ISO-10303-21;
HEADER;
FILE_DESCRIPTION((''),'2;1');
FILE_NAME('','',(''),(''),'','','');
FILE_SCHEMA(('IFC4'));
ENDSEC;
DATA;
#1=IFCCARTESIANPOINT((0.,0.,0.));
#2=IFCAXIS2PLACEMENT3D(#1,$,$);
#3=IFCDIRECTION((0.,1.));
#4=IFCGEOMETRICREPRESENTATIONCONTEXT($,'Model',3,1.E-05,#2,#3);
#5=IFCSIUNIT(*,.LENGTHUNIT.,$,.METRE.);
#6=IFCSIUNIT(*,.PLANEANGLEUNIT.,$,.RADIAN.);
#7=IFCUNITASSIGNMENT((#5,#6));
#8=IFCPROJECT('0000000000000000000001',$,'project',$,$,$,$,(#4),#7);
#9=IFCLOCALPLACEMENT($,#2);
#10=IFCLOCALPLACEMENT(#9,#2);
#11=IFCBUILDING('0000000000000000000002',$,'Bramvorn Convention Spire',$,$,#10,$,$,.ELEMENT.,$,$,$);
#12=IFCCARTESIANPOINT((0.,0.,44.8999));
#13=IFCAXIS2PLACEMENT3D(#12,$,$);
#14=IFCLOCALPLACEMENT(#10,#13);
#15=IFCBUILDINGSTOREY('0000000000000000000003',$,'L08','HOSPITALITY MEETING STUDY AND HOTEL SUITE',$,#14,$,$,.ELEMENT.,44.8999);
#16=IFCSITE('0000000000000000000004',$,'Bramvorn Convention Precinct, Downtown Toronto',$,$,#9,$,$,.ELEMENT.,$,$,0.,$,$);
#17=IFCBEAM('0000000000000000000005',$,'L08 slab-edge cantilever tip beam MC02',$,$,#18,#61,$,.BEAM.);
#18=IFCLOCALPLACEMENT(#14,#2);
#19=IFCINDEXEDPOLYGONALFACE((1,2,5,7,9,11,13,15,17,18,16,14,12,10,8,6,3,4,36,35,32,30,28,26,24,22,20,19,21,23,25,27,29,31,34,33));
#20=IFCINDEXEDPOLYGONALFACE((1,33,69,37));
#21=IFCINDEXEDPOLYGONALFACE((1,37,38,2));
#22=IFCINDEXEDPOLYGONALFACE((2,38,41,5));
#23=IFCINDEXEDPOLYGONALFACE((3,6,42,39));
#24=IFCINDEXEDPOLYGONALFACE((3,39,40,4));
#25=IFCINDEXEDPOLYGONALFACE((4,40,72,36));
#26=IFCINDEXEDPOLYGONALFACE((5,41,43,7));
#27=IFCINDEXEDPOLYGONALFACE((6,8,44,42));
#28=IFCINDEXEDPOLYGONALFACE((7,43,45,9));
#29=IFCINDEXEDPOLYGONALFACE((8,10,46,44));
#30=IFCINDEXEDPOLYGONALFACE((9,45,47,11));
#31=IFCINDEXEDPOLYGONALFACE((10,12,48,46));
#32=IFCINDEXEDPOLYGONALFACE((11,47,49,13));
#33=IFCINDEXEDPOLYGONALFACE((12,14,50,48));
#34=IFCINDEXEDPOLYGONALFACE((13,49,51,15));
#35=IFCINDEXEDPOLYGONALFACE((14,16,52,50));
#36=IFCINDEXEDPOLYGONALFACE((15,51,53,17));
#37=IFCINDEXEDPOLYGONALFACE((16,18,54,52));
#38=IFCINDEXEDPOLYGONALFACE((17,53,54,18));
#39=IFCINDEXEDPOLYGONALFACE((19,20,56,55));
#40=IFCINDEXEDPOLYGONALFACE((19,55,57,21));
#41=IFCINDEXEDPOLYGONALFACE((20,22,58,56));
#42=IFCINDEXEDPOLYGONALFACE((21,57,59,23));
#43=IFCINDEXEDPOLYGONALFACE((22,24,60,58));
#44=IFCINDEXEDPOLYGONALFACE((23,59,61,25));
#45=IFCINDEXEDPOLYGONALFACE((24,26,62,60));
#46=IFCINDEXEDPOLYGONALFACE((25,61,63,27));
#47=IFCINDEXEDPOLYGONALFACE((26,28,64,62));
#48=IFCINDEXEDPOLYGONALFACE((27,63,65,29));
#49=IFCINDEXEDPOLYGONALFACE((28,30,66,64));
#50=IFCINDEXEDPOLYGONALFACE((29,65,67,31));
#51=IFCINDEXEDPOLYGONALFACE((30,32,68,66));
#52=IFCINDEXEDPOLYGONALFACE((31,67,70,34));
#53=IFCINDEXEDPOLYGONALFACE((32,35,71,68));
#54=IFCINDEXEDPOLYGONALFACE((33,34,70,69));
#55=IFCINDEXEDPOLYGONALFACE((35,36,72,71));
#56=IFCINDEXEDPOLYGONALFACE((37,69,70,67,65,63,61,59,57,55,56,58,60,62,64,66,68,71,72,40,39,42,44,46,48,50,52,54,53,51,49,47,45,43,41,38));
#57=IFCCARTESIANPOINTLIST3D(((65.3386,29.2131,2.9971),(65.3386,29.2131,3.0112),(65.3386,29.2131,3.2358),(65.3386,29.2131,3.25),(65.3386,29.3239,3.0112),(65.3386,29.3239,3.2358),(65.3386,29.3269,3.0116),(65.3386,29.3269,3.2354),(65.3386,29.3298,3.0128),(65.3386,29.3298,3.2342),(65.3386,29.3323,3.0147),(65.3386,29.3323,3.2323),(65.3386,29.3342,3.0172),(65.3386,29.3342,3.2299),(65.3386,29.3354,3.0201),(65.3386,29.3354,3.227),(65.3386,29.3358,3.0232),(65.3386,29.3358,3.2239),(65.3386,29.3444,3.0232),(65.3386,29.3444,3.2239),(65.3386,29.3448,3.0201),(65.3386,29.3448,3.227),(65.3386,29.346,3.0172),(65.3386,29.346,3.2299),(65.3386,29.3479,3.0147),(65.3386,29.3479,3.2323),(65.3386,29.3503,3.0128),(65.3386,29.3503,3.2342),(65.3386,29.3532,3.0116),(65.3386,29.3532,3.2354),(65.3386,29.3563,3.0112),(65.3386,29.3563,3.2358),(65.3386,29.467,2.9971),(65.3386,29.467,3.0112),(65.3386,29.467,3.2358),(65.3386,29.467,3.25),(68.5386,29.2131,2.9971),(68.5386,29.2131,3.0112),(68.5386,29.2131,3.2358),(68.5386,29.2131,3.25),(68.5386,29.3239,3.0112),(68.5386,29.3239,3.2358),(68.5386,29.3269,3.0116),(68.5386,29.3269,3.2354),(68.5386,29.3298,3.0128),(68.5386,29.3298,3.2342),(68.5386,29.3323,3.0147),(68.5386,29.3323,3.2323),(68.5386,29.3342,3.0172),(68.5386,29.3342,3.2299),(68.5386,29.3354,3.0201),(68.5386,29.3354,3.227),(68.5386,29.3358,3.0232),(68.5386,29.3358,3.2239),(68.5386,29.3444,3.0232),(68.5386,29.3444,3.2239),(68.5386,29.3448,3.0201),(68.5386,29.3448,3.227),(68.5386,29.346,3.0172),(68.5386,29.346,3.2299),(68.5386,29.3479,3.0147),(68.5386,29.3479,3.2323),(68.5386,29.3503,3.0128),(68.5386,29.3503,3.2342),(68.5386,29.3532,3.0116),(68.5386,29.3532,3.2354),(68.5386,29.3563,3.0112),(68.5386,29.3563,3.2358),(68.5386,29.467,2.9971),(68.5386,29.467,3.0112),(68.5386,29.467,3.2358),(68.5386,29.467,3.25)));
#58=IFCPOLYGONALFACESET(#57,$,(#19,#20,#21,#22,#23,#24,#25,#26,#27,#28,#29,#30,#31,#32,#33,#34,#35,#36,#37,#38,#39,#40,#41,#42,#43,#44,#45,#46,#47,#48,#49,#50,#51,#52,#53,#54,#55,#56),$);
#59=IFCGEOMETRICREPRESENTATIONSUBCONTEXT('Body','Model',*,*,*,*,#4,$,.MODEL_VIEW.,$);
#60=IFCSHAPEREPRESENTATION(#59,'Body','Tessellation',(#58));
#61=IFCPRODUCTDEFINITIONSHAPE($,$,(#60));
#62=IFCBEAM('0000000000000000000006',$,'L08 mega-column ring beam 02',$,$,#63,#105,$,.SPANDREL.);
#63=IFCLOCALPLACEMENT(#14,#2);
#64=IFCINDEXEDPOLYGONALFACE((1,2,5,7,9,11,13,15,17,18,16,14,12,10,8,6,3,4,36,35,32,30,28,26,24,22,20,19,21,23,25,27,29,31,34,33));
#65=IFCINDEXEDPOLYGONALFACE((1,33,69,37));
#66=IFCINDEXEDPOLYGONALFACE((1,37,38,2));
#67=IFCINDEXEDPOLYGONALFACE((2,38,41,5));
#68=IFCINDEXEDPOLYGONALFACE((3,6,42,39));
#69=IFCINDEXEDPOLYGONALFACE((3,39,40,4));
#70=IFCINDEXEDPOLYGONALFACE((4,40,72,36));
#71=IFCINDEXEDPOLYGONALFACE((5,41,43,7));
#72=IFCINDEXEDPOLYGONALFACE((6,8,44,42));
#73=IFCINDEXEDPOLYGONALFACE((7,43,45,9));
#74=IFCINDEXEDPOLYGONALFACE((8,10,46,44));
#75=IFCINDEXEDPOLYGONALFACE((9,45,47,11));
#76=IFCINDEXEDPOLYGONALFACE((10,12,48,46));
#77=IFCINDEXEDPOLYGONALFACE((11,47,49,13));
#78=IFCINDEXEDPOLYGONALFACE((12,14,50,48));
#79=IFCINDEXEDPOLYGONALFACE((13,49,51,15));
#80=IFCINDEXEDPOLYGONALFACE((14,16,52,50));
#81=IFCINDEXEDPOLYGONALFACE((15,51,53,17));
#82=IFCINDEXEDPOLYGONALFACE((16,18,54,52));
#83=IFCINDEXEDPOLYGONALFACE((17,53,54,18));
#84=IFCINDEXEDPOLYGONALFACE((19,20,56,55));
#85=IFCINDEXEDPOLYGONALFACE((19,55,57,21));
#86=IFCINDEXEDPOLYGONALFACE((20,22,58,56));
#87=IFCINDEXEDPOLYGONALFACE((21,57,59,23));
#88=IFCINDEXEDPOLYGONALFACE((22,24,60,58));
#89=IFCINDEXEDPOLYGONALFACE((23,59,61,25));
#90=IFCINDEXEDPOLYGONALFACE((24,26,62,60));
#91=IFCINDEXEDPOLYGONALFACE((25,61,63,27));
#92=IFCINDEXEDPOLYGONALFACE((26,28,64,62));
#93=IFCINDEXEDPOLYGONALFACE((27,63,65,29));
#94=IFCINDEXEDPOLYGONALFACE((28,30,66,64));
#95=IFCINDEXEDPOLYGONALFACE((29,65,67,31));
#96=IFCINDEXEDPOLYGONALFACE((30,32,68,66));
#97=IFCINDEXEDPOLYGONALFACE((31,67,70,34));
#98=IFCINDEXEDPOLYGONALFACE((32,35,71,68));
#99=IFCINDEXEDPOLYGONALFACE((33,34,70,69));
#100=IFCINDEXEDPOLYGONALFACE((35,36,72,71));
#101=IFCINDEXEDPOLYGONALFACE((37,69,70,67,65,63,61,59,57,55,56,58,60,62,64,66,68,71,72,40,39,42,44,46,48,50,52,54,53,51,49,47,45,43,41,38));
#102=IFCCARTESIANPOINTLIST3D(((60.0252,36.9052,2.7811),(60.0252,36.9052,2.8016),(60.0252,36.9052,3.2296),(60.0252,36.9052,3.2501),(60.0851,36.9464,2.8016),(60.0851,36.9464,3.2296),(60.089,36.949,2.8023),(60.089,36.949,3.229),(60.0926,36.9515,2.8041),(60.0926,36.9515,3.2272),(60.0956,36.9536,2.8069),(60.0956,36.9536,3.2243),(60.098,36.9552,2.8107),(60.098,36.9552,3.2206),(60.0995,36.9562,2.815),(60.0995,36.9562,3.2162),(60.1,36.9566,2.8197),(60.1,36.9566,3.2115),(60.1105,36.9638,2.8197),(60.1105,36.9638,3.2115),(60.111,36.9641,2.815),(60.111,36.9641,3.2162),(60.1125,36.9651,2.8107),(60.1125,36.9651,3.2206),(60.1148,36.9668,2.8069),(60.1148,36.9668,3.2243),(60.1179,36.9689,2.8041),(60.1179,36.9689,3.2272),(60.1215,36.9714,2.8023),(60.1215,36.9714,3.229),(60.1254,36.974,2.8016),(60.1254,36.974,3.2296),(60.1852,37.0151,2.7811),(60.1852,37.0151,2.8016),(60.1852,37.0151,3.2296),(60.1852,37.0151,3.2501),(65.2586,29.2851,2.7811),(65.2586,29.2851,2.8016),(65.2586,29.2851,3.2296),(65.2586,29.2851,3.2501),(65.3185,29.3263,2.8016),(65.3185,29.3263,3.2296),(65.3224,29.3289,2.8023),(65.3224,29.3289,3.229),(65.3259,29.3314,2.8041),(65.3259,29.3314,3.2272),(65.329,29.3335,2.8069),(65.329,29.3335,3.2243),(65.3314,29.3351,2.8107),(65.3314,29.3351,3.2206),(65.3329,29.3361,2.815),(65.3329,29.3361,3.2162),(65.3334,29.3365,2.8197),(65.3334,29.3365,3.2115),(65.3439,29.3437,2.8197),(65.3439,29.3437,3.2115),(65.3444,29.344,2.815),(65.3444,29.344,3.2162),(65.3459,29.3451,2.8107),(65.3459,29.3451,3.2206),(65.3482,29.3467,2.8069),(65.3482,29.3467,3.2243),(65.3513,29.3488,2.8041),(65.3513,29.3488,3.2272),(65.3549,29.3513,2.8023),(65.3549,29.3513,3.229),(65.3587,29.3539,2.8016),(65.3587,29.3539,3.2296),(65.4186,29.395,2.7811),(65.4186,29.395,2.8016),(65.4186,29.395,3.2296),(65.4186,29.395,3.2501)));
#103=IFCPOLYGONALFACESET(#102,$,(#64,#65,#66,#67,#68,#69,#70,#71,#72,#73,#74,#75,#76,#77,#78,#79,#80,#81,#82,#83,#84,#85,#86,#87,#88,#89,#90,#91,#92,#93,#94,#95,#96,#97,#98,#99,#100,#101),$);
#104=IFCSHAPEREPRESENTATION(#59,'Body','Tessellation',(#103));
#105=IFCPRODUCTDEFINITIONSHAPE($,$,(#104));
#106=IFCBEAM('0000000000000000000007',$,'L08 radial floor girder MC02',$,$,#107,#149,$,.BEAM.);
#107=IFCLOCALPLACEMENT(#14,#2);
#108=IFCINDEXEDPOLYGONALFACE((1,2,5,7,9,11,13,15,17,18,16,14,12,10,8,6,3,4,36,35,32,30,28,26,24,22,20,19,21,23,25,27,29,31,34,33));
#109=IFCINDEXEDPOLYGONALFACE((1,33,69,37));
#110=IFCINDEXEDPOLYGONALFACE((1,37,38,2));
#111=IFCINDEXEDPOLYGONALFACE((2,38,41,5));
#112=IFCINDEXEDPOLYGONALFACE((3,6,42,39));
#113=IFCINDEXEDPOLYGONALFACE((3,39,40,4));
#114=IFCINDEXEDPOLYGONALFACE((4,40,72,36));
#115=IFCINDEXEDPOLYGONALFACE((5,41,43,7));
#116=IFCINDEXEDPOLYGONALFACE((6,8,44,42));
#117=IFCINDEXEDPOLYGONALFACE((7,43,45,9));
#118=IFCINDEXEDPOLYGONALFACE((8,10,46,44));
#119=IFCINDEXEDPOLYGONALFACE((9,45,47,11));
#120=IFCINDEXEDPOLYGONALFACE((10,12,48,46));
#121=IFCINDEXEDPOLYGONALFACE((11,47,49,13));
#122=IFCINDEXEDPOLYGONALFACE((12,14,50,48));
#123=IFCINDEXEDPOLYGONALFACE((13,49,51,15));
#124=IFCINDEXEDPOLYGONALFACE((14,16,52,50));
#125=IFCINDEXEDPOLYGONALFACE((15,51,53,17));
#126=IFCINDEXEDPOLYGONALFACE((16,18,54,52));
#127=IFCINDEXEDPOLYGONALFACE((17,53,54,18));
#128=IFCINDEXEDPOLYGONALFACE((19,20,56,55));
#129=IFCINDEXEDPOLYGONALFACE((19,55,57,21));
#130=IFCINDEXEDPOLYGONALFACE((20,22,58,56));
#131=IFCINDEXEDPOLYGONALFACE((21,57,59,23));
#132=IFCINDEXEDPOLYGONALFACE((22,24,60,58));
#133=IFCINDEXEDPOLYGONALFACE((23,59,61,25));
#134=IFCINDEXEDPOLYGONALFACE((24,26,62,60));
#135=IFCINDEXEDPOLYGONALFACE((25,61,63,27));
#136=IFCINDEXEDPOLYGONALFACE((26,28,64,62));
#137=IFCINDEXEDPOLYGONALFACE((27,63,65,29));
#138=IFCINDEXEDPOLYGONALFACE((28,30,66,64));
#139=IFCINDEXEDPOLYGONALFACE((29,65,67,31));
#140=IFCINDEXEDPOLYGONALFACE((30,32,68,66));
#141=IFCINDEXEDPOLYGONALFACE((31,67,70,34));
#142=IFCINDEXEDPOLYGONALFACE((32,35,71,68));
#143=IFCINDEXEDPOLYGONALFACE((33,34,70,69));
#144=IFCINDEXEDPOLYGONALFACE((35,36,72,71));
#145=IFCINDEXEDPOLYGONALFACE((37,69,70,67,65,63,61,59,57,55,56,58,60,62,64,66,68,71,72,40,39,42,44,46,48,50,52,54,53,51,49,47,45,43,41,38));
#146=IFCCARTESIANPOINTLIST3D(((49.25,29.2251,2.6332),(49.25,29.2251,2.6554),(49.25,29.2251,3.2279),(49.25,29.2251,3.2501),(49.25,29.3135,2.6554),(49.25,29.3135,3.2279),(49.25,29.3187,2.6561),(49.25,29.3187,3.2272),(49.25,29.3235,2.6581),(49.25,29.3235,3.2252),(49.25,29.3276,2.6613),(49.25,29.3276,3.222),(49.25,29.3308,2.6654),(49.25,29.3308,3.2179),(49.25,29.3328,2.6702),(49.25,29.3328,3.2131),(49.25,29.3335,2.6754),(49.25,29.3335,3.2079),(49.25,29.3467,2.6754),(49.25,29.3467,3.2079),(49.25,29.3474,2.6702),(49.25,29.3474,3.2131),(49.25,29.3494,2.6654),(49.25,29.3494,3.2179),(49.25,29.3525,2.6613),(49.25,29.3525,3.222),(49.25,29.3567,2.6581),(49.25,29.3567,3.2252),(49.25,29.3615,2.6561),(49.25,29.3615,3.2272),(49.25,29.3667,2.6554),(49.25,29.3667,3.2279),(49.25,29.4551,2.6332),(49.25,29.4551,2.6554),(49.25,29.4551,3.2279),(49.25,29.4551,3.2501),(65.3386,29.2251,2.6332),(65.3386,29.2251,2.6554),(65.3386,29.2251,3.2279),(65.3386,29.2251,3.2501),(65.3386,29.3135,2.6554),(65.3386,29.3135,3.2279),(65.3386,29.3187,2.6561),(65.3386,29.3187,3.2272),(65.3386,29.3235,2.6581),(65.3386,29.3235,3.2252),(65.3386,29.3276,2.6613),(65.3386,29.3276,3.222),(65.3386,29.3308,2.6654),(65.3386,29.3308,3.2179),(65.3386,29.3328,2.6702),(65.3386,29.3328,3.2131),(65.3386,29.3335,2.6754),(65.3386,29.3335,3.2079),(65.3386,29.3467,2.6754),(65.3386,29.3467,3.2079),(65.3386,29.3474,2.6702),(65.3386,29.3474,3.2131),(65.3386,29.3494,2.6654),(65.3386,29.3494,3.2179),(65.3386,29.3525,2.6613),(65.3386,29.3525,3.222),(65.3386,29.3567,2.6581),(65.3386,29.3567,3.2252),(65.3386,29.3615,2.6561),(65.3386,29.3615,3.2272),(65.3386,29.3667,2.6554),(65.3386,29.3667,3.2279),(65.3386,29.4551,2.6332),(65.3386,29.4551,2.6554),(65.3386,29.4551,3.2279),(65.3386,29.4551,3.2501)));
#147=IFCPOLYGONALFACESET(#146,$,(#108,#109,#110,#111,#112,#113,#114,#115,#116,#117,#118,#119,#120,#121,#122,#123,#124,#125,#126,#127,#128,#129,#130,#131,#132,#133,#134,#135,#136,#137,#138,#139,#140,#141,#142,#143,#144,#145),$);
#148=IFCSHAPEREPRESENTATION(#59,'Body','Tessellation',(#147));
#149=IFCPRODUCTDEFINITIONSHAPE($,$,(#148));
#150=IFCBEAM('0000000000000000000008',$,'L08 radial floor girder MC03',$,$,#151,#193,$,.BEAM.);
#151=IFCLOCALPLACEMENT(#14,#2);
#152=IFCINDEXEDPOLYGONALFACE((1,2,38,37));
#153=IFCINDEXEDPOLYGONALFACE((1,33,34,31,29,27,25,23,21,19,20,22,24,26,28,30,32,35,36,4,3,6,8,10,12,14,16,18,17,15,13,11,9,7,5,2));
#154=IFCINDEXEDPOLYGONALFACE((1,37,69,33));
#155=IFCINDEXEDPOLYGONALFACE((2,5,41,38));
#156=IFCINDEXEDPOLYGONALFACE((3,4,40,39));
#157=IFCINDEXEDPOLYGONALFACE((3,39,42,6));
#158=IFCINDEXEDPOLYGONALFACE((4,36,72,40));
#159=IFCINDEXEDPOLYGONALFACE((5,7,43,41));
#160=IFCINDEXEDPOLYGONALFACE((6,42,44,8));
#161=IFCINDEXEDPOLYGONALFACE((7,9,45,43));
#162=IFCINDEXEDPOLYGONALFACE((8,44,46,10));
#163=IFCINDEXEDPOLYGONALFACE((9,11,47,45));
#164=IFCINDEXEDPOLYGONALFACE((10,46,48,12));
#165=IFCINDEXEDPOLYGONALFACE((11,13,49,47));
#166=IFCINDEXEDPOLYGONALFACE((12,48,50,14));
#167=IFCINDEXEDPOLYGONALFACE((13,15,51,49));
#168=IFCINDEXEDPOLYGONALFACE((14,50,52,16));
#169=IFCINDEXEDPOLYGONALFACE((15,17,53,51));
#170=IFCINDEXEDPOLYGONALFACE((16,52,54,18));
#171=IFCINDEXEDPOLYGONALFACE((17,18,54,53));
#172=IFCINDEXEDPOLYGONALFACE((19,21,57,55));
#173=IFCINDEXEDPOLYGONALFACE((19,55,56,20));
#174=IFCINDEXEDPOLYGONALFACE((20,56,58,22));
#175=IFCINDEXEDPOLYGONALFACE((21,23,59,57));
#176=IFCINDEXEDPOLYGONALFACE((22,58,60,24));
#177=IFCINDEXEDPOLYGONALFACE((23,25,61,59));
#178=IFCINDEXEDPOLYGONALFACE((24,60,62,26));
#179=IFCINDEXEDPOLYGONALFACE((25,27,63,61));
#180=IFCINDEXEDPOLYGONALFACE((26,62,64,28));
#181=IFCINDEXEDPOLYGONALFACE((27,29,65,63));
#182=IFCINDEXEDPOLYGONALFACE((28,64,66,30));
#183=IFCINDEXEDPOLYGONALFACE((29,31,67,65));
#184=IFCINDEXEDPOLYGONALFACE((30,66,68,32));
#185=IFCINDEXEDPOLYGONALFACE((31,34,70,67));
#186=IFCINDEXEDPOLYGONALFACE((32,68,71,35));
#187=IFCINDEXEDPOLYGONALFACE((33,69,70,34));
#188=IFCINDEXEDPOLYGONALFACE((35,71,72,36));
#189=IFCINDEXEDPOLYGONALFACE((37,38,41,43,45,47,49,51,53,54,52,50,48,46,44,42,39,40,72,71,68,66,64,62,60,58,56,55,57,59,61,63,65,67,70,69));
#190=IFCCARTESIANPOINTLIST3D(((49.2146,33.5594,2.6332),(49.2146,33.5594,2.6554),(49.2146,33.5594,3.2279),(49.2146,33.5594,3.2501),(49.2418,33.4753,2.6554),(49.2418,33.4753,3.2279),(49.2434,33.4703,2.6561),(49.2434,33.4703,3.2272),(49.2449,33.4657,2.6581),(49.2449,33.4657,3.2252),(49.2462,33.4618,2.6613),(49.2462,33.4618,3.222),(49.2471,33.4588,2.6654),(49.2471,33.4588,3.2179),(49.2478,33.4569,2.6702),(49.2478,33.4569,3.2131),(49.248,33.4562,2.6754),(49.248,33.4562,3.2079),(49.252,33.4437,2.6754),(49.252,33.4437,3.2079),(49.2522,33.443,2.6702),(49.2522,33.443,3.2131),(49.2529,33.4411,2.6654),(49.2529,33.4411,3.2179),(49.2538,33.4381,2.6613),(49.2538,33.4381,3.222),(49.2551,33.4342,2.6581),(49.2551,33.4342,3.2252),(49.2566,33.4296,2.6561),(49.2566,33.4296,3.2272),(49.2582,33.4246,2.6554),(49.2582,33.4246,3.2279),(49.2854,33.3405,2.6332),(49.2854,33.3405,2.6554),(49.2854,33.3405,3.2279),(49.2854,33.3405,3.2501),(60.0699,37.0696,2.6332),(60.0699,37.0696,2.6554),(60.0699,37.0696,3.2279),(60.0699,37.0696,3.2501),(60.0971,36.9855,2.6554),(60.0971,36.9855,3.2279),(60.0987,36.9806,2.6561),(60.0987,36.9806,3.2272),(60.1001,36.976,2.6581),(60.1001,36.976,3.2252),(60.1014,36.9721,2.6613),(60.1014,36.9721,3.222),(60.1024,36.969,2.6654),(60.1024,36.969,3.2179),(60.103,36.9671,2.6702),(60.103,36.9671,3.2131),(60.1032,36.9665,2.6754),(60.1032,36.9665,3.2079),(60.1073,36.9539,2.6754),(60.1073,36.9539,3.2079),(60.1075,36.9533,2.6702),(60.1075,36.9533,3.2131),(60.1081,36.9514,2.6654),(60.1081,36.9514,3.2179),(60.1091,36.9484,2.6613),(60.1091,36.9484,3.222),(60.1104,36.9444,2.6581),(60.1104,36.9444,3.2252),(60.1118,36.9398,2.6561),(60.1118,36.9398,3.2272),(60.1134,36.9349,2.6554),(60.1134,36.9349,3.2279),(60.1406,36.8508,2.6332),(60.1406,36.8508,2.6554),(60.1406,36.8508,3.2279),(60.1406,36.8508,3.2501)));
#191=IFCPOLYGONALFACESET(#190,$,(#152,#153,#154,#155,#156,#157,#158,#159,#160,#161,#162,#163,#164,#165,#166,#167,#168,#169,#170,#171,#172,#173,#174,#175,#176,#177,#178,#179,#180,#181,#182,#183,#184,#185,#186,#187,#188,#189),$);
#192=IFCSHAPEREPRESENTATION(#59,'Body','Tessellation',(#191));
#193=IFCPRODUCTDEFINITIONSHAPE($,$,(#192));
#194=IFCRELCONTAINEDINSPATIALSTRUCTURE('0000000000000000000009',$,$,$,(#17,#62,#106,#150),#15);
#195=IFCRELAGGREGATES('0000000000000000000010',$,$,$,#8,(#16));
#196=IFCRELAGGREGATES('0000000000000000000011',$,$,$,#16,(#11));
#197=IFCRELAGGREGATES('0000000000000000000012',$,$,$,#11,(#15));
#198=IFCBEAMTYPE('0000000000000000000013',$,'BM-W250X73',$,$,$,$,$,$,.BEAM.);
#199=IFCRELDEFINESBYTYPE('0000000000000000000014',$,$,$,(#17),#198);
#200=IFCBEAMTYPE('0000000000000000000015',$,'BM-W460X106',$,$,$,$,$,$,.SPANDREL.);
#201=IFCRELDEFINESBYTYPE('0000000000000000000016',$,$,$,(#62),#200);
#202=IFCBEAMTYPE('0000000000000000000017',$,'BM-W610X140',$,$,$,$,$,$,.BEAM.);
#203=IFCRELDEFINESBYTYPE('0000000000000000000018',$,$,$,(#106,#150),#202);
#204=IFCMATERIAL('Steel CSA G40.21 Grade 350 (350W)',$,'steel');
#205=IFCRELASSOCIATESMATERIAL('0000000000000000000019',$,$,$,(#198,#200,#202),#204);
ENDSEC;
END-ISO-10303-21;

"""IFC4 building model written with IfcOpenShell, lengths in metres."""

from ifc_helpers import new_model, si_unit, direction, frame, origin, origin_2d, place, context, subcontext, project, spatial, i_section, extrude, material, material_profile, profile_set, type_object, element, save


model = new_model("IFC4")

# Units and contexts
model_context = context("Model", 3, precision=1e-05, world=origin(), true_north=direction((0.0, 1.0)))
body_context = subcontext(model_context, "Body", "Model", "MODEL_VIEW")
ifc_project = project(units=[si_unit("LENGTHUNIT", "METRE"), si_unit("PLANEANGLEUNIT", "RADIAN")], contexts=[model_context])

# Site, building, storey
site_placement = place(None, origin())
site = spatial("IfcSite", under=ifc_project, at=site_placement, Name="Bramvorn Convention Precinct, Downtown Toronto", CompositionType="ELEMENT", RefElevation=0.0)
building_placement = place(site_placement, origin())
building = spatial("IfcBuilding", under=site, at=building_placement, Name="Bramvorn Convention Spire", CompositionType="ELEMENT")
storey_placement = place(building_placement, frame((0.0, 0.0, 44.8999)))
storey = spatial("IfcBuildingStorey", under=building, at=storey_placement, Name="L08", Description="HOSPITALITY MEETING STUDY AND HOTEL SUITE", CompositionType="ELEMENT", Elevation=44.8999)

# Shared definitions
ifc_material_1 = material(Name="Steel CSA G40.21 Grade 350 (350W)", Category="steel")

# Beams
ifc_material_profile_1 = material_profile(ifc_material_1, i_section(OverallWidth=0.2539, OverallDepth=0.2529, WebThickness=0.0085, FlangeThickness=0.0142, FilletRadius=0.012, at=origin_2d()))
ifc_profile_set_1 = profile_set([ifc_material_profile_1], Name="Steel CSA G40.21 Grade 350 (350W) - W250X73")
beam_type_1 = type_object("IfcBeamType", Name="BM-W250X73", PredefinedType="BEAM", material=ifc_profile_set_1)
beam_1_placement = place(storey_placement, frame((65.3386, 29.3401, 3.1235), z_axis=(1.0, 0.0, 0.0), x_axis=(0.0, 1.0, 0.0)))
element("IfcBeam", 1, at=beam_1_placement, inside=storey, type_object=beam_type_1, Name="L08 slab-edge cantilever tip beam MC02", PredefinedType="BEAM", context=body_context, shape_type="SweptSolid", body=[
    extrude(i_section(OverallWidth=0.2539, OverallDepth=0.2529, WebThickness=0.0085, FlangeThickness=0.0142, FilletRadius=0.012, at=origin_2d()), origin(), (0.0, 0.0, 1.0), 3.2),
])
ifc_material_profile_2 = material_profile(ifc_material_1, i_section(OverallWidth=0.1941, OverallDepth=0.469, WebThickness=0.0127, FlangeThickness=0.0205, FilletRadius=0.0181, at=origin_2d()))
ifc_profile_set_2 = profile_set([ifc_material_profile_2], Name="Steel CSA G40.21 Grade 350 (350W) - W460X106")
beam_type_2 = type_object("IfcBeamType", Name="BM-W460X106", PredefinedType="SPANDREL", material=ifc_profile_set_2)
beam_2_placement = place(storey_placement, frame((65.3386, 29.3401, 3.0156), z_axis=(-0.56613, 0.824316, 0.0), x_axis=(-0.824316, -0.56613, 0.0)))
element("IfcBeam", 2, at=beam_2_placement, inside=storey, type_object=beam_type_2, Name="L08 mega-column ring beam 02", PredefinedType="SPANDREL", context=body_context, shape_type="SweptSolid", body=[
    extrude(i_section(OverallWidth=0.1941, OverallDepth=0.469, WebThickness=0.0127, FlangeThickness=0.0205, FilletRadius=0.0181, at=origin_2d()), origin(), (0.0, 0.0, 1.0), 9.2441),
])
ifc_material_profile_3 = material_profile(ifc_material_1, i_section(OverallWidth=0.23, OverallDepth=0.6169, WebThickness=0.0132, FlangeThickness=0.0222, FilletRadius=0.02, at=origin_2d()))
ifc_profile_set_3 = profile_set([ifc_material_profile_3], Name="Steel CSA G40.21 Grade 350 (350W) - W610X140")
beam_type_3 = type_object("IfcBeamType", Name="BM-W610X140", PredefinedType="BEAM", material=ifc_profile_set_3)
beam_3_placement = place(storey_placement, frame((49.25, 29.3401, 2.9417), z_axis=(1.0, 0.0, 0.0), x_axis=(0.0, 1.0, 0.0)))
element("IfcBeam", 3, at=beam_3_placement, inside=storey, type_object=beam_type_3, Name="L08 radial floor girder MC02", PredefinedType="BEAM", context=body_context, shape_type="SweptSolid", body=[
    extrude(i_section(OverallWidth=0.23, OverallDepth=0.6169, WebThickness=0.0132, FlangeThickness=0.0222, FilletRadius=0.02, at=origin_2d()), origin(), (0.0, 0.0, 1.0), 16.0886),
])
beam_4_placement = place(storey_placement, frame((49.25, 33.45, 2.9417), z_axis=(0.951489, 0.307683, 0.0), x_axis=(-0.307683, 0.951489, 0.0)))
element("IfcBeam", 4, at=beam_4_placement, inside=storey, type_object=beam_type_3, Name="L08 radial floor girder MC03", PredefinedType="BEAM", context=body_context, shape_type="SweptSolid", body=[
    extrude(i_section(OverallWidth=0.23, OverallDepth=0.6169, WebThickness=0.0132, FlangeThickness=0.0222, FilletRadius=0.02, at=origin_2d()), origin(), (0.0, 0.0, 1.0), 11.4087),
])

save(model, "model.ifc")
